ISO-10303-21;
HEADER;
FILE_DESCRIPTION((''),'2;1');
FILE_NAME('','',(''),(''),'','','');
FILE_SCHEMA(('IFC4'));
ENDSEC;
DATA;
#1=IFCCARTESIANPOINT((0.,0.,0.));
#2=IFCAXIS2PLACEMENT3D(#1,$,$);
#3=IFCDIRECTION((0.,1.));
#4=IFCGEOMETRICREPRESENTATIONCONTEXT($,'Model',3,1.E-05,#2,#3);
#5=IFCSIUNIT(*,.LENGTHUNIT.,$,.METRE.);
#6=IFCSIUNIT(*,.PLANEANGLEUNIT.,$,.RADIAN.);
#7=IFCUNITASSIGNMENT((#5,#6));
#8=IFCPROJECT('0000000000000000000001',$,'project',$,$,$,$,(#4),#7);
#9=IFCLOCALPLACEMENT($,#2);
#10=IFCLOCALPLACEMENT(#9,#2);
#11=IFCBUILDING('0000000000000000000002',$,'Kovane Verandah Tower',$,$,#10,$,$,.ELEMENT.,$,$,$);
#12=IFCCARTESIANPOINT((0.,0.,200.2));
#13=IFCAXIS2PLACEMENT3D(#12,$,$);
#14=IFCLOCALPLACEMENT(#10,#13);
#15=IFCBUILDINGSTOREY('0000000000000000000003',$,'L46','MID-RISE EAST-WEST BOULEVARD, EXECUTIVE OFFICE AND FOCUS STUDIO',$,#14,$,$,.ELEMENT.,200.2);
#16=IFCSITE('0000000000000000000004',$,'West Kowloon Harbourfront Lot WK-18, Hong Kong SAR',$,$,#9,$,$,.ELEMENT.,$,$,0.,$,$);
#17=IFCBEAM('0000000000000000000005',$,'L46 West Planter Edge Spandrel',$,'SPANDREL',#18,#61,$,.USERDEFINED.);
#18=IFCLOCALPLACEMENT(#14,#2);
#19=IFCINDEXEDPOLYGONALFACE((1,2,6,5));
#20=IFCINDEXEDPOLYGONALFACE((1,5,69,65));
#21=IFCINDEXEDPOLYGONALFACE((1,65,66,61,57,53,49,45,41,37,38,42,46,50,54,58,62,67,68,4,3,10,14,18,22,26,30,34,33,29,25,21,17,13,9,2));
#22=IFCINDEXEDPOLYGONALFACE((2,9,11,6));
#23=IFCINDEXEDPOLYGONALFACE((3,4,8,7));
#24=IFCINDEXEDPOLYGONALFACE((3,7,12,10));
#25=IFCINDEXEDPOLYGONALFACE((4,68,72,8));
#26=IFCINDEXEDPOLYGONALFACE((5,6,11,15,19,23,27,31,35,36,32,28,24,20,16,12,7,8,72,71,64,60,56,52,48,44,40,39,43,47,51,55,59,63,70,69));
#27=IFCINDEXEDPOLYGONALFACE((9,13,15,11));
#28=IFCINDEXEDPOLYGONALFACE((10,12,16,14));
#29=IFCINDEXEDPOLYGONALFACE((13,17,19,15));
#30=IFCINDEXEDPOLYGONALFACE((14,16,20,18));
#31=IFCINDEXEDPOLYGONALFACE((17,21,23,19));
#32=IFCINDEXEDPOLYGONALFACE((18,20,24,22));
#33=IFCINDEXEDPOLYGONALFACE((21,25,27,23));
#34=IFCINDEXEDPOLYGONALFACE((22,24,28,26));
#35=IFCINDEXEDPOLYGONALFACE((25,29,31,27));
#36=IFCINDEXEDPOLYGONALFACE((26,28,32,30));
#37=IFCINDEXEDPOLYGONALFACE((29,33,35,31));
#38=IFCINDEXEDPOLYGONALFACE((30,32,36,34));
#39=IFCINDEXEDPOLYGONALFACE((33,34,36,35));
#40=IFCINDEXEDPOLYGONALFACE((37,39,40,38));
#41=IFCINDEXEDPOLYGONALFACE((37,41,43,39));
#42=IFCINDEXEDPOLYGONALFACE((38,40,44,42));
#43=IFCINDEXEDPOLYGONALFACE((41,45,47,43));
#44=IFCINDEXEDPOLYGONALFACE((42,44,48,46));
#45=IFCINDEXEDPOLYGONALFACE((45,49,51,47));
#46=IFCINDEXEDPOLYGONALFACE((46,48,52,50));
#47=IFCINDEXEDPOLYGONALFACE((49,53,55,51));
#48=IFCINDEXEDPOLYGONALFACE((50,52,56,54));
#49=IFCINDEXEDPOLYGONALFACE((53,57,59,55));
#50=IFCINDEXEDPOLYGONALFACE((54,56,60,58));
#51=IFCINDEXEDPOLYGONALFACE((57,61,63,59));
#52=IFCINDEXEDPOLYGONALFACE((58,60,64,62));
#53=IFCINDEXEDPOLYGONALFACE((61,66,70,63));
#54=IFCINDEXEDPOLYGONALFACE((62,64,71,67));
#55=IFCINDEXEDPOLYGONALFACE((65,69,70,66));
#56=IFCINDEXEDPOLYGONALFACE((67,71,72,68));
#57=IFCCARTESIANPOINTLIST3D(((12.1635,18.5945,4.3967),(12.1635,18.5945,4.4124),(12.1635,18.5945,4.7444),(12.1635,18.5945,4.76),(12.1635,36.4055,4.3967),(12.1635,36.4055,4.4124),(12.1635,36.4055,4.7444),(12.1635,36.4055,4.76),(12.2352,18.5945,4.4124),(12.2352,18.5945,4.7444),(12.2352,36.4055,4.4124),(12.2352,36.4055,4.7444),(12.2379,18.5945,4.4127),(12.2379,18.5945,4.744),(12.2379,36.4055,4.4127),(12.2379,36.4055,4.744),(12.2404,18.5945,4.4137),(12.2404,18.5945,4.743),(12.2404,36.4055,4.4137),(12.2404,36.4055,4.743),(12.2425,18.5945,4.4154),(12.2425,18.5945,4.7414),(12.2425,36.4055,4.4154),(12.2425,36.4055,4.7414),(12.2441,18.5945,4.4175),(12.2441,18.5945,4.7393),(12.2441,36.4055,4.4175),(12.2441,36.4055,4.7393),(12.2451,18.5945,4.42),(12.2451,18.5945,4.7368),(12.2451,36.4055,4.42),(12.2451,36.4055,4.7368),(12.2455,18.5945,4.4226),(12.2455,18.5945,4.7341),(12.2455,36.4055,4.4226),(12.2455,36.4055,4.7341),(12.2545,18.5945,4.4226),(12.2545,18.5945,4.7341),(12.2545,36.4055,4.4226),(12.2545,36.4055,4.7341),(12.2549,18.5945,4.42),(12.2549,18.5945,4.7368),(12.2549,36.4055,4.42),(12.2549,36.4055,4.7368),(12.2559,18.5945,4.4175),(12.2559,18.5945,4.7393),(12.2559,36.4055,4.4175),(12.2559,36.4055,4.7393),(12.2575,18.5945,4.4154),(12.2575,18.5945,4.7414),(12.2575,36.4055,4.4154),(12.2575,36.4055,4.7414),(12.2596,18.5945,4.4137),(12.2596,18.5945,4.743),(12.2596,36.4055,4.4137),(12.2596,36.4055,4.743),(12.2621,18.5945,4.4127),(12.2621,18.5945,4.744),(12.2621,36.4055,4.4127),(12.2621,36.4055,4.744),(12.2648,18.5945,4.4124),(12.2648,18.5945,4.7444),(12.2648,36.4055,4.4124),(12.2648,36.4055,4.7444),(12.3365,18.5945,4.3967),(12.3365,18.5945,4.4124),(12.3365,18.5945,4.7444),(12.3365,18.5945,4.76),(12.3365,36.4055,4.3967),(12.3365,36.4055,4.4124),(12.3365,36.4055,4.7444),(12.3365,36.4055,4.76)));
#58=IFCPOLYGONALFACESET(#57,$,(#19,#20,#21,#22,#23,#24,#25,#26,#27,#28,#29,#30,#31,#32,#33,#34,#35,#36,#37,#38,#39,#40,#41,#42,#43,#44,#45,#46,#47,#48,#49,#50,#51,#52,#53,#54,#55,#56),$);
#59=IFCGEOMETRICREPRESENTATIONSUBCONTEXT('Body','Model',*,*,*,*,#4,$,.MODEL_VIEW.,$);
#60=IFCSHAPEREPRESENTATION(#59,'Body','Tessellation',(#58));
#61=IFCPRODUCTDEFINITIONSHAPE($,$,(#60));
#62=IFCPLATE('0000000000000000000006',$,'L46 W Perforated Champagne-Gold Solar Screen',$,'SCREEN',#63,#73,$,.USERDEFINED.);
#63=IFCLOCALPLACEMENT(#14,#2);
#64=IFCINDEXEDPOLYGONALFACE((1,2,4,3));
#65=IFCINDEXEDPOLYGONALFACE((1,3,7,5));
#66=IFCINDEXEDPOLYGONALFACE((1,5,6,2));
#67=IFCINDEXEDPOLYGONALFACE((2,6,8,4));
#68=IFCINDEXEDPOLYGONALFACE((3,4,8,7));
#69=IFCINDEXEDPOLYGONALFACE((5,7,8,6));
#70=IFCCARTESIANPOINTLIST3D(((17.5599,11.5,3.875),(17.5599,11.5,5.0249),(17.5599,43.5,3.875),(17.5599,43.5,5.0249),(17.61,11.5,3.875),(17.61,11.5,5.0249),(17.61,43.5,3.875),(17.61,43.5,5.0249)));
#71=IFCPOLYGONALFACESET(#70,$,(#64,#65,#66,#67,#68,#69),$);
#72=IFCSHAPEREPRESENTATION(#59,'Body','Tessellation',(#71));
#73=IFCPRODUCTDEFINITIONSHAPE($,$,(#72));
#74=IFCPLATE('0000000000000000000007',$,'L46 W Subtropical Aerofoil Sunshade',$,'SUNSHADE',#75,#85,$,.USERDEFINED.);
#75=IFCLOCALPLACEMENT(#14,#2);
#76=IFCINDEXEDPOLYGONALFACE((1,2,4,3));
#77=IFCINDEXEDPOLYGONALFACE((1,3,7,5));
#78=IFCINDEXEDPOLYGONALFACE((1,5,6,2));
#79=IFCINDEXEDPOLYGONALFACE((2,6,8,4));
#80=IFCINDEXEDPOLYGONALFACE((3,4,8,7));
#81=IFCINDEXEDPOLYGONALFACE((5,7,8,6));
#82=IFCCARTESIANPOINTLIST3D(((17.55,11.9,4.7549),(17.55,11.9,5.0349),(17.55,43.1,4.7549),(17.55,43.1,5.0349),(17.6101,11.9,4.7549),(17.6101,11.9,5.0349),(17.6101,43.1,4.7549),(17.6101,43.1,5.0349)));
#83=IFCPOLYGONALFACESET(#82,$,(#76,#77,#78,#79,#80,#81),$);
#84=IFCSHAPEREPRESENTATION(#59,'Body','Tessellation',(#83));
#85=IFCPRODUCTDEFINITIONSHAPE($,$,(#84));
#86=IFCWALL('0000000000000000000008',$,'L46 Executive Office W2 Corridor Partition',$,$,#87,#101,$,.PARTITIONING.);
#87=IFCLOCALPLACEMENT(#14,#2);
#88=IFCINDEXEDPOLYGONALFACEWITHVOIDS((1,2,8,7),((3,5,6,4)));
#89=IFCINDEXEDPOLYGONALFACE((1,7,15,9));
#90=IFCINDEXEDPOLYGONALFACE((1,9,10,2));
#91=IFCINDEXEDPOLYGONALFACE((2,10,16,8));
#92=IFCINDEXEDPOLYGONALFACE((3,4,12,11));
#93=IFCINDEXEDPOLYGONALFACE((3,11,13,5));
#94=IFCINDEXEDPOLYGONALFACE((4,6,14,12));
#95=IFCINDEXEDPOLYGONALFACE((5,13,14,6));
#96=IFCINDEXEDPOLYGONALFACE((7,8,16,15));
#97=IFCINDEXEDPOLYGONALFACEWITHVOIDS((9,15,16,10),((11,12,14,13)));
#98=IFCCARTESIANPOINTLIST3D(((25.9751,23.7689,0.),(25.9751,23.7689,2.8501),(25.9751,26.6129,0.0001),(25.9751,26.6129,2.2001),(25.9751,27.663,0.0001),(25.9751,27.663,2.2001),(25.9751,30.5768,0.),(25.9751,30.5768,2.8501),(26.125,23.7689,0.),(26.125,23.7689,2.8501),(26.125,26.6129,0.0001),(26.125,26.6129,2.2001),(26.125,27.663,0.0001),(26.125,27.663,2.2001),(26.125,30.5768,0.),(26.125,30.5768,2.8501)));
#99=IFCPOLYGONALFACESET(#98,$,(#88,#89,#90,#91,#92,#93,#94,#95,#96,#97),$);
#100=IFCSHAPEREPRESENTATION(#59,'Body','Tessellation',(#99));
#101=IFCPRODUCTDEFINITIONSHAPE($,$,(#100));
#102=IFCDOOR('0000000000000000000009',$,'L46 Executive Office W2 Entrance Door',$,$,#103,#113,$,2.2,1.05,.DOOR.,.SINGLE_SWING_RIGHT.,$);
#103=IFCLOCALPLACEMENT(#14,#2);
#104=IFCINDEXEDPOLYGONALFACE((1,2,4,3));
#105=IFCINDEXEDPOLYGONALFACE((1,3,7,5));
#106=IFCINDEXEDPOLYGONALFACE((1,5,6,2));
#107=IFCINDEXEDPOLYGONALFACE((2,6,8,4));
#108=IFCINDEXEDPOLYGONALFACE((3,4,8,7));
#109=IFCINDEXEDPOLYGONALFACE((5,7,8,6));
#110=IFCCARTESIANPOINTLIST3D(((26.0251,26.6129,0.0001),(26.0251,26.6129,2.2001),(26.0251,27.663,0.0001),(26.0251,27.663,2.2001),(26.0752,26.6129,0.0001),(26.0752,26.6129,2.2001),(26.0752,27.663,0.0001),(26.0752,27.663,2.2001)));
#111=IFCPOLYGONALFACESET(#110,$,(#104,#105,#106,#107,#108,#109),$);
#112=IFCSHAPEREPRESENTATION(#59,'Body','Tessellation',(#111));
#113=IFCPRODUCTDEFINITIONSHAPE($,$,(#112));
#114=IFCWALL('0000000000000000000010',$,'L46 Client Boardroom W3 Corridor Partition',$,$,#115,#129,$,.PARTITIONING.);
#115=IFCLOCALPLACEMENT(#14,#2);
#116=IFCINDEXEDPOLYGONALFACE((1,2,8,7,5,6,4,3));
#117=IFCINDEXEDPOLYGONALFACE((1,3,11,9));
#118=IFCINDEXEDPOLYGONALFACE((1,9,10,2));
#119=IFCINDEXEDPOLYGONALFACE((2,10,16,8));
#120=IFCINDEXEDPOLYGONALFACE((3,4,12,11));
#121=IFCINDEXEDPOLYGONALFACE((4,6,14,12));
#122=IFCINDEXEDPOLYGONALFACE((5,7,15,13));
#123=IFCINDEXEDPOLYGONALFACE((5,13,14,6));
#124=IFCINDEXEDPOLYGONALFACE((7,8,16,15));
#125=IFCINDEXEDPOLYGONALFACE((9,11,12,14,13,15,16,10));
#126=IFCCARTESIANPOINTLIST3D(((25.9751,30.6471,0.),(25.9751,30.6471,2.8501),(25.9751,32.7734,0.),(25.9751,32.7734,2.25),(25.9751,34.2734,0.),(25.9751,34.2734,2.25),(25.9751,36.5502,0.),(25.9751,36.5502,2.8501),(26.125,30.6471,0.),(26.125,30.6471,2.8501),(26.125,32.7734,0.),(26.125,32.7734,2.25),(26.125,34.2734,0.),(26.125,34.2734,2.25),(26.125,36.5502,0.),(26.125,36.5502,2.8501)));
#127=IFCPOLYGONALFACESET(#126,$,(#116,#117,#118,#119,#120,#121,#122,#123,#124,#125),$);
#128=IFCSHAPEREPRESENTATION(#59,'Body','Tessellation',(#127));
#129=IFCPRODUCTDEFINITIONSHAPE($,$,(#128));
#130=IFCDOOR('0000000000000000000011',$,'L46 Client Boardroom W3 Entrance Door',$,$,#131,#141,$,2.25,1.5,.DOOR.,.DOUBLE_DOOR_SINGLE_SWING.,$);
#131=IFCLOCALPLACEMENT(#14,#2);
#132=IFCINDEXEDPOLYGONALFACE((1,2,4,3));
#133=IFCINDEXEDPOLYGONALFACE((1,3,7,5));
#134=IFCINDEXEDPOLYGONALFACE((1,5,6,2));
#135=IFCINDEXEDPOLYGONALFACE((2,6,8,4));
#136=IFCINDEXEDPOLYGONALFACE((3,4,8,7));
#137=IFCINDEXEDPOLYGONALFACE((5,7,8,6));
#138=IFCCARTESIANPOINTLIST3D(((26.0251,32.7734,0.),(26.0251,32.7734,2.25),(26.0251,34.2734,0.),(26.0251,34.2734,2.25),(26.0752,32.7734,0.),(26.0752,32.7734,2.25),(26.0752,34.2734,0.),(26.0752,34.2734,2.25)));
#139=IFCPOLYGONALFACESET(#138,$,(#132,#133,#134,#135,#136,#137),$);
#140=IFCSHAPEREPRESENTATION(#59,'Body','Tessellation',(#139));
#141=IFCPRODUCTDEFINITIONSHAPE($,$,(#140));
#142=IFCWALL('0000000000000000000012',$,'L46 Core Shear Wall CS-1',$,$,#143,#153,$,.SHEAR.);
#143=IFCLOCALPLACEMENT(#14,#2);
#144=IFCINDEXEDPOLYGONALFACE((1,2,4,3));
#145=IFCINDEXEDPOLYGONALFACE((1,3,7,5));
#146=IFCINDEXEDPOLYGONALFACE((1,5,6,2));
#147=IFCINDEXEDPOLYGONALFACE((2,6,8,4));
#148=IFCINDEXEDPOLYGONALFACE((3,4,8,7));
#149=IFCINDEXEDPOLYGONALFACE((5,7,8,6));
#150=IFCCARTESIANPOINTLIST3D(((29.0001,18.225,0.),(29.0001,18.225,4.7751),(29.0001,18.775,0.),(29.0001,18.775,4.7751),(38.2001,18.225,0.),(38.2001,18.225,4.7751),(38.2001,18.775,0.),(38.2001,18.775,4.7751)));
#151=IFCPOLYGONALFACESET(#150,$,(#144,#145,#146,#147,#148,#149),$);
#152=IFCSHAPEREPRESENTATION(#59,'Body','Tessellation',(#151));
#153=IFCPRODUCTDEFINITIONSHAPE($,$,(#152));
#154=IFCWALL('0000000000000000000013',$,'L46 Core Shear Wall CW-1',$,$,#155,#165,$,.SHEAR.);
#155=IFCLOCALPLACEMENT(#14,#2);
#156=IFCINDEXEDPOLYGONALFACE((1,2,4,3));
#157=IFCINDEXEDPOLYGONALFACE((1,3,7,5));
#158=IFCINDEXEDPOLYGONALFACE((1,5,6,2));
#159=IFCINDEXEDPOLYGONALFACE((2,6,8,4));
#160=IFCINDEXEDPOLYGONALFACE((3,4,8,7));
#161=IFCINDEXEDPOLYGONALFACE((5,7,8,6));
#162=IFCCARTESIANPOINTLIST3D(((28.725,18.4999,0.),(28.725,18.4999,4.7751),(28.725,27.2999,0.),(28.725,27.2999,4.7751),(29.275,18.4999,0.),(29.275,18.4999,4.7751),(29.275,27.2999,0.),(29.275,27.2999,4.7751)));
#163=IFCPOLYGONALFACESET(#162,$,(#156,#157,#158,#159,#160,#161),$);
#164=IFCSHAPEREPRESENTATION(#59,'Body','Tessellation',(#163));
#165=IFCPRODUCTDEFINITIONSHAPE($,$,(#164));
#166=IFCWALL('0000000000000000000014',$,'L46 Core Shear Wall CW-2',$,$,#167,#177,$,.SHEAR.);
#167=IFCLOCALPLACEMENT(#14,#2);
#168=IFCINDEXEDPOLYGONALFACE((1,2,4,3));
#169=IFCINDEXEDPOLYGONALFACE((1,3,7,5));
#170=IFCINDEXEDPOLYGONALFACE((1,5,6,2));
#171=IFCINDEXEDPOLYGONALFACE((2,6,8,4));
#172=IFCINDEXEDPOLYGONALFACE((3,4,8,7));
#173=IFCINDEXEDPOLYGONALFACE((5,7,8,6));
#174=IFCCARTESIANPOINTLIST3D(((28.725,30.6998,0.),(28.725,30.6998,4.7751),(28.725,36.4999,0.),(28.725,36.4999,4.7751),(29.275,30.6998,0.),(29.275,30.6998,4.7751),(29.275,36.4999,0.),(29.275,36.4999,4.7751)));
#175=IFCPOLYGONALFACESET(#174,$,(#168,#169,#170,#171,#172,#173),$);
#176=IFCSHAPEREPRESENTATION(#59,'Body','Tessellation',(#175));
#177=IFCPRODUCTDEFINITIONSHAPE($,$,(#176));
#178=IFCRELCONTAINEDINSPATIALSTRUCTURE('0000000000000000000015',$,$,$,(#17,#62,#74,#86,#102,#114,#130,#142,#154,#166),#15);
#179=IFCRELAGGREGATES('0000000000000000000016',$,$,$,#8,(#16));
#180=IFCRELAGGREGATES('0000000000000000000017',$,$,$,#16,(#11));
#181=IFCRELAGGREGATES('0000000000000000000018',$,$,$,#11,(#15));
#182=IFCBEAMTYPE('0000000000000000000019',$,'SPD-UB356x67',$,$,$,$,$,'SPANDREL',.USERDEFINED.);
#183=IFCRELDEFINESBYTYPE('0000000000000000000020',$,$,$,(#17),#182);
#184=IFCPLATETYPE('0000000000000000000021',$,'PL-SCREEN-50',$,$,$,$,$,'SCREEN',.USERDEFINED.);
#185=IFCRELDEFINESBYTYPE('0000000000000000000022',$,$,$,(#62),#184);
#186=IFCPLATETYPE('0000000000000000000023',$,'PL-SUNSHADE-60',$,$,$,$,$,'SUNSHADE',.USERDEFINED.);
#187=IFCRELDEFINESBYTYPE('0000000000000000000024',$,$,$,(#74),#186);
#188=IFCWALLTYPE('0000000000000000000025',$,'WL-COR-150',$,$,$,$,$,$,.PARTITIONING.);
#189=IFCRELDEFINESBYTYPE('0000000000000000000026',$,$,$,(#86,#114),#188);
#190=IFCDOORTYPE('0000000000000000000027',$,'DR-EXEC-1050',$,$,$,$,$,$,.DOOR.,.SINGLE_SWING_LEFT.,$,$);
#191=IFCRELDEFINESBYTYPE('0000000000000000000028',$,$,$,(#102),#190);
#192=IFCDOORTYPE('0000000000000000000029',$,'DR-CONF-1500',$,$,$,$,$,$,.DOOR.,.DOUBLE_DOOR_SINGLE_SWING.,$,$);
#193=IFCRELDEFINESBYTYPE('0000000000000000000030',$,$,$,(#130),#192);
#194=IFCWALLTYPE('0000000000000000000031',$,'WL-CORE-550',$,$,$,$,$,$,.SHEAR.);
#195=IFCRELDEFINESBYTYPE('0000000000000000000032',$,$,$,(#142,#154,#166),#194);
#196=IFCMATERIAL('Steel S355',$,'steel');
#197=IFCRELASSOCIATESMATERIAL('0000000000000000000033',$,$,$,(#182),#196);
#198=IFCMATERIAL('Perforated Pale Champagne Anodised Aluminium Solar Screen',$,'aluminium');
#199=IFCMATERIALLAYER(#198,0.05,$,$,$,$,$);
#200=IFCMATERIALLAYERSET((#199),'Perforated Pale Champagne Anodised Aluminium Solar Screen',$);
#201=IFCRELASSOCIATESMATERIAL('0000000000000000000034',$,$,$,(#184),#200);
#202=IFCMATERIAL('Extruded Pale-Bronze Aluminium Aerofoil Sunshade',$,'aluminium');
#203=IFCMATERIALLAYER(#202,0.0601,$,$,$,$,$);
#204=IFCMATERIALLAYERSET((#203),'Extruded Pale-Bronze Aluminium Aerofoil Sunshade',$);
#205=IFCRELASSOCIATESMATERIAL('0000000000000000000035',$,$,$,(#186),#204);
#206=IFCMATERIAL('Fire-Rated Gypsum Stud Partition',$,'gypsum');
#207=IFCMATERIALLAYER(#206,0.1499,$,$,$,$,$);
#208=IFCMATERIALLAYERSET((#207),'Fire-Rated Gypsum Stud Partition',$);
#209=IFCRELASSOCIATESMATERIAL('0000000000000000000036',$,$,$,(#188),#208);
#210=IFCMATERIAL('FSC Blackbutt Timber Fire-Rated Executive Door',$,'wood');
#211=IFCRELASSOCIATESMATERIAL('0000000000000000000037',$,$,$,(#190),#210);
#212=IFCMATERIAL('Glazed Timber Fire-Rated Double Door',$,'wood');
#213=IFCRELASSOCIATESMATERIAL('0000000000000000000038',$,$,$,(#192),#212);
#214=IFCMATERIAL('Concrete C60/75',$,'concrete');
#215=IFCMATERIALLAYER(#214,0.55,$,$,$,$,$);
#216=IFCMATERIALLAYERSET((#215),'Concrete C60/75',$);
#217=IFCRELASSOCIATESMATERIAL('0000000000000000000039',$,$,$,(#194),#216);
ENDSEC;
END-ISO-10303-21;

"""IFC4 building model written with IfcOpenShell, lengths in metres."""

from ifc_helpers import new_model, si_unit, direction, frame, frame_2d, origin, origin_2d, place, context, subcontext, project, spatial, rectangle, i_section, extrude, material, layer, layer_set, material_profile, profile_set, type_object, element, fill, save


model = new_model("IFC4")

# Units and contexts
model_context = context("Model", 3, precision=1e-05, world=origin(), true_north=direction((0.0, 1.0)))
body_context = subcontext(model_context, "Body", "Model", "MODEL_VIEW")
ifc_project = project(units=[si_unit("LENGTHUNIT", "METRE"), si_unit("PLANEANGLEUNIT", "RADIAN")], contexts=[model_context])

# Site, building, storey
site_placement = place(None, origin())
site = spatial("IfcSite", under=ifc_project, at=site_placement, Name="West Kowloon Harbourfront Lot WK-18, Hong Kong SAR", CompositionType="ELEMENT", RefElevation=0.0)
building_placement = place(site_placement, origin())
building = spatial("IfcBuilding", under=site, at=building_placement, Name="Kovane Verandah Tower", CompositionType="ELEMENT")
storey_placement = place(building_placement, frame((0.0, 0.0, 200.2)))
storey = spatial("IfcBuildingStorey", under=building, at=storey_placement, Name="L46", Description="MID-RISE EAST-WEST BOULEVARD, EXECUTIVE OFFICE AND FOCUS STUDIO", CompositionType="ELEMENT", Elevation=200.2)

# Shared definitions
ifc_material_1 = material(Name="Concrete C60/75", Category="concrete")

# Beam
ifc_material_2 = material(Name="Steel S355", Category="steel")
ifc_material_profile_1 = material_profile(ifc_material_2, i_section(OverallWidth=0.1731, OverallDepth=0.3633, WebThickness=0.009, FlangeThickness=0.0156, FilletRadius=0.0103, at=origin_2d()), Name="UB356x171x67")
ifc_profile_set_1 = profile_set([ifc_material_profile_1], Name="Steel S355")
beam_type_1 = type_object("IfcBeamType", Name="SPD-UB356x67", ElementType="SPANDREL", PredefinedType="USERDEFINED", material=ifc_profile_set_1)
beam_1_placement = place(storey_placement, frame((12.25, 18.5945, 4.5784), z_axis=(0.0, 1.0, 0.0), x_axis=(-1.0, 0.0, 0.0)))
element("IfcBeam", 1, at=beam_1_placement, inside=storey, type_object=beam_type_1, Name="L46 West Planter Edge Spandrel", ObjectType="SPANDREL", PredefinedType="USERDEFINED", context=body_context, shape_type="SweptSolid", body=[
    extrude(i_section(OverallWidth=0.1731, OverallDepth=0.3633, WebThickness=0.009, FlangeThickness=0.0156, FilletRadius=0.0103, at=origin_2d()), origin(), (0.0, 0.0, 1.0), 17.811),
])

# Plates
ifc_material_3 = material(Name="Perforated Pale Champagne Anodised Aluminium Solar Screen", Category="aluminium")
ifc_layer_1 = layer(ifc_material_3, 0.05)
ifc_layer_set_1 = layer_set([ifc_layer_1], Name="Perforated Pale Champagne Anodised Aluminium Solar Screen")
plate_type_1 = type_object("IfcPlateType", Name="PL-SCREEN-50", ElementType="SCREEN", PredefinedType="USERDEFINED", material=ifc_layer_set_1)
plate_1_placement = place(storey_placement, frame((17.585, 27.5, 3.875), z_axis=(0.0, 0.0, 1.0), x_axis=(0.0, -1.0, 0.0)))
element("IfcPlate", 2, at=plate_1_placement, inside=storey, type_object=plate_type_1, Name="L46 W Perforated Champagne-Gold Solar Screen", ObjectType="SCREEN", PredefinedType="USERDEFINED", context=body_context, shape_type="SweptSolid", body=[
    extrude(rectangle(XDim=32.0, YDim=0.05, at=origin_2d()), origin(), (0.0, 0.0, 1.0), 1.1499),
])
ifc_material_4 = material(Name="Extruded Pale-Bronze Aluminium Aerofoil Sunshade", Category="aluminium")
ifc_layer_2 = layer(ifc_material_4, 0.0601)
ifc_layer_set_2 = layer_set([ifc_layer_2], Name="Extruded Pale-Bronze Aluminium Aerofoil Sunshade")
plate_type_2 = type_object("IfcPlateType", Name="PL-SUNSHADE-60", ElementType="SUNSHADE", PredefinedType="USERDEFINED", material=ifc_layer_set_2)
plate_2_placement = place(storey_placement, frame((17.5801, 27.5, 4.7549), z_axis=(0.0, 0.0, 1.0), x_axis=(0.0, -1.0, 0.0)))
element("IfcPlate", 3, at=plate_2_placement, inside=storey, type_object=plate_type_2, Name="L46 W Subtropical Aerofoil Sunshade", ObjectType="SUNSHADE", PredefinedType="USERDEFINED", context=body_context, shape_type="SweptSolid", body=[
    extrude(rectangle(XDim=31.2, YDim=0.0601, at=origin_2d()), origin(), (0.0, 0.0, 1.0), 0.28),
])

# Walls, openings, doors
ifc_material_5 = material(Name="Fire-Rated Gypsum Stud Partition", Category="gypsum")
ifc_layer_3 = layer(ifc_material_5, 0.1499)
ifc_layer_set_3 = layer_set([ifc_layer_3], Name="Fire-Rated Gypsum Stud Partition")
wall_type_1 = type_object("IfcWallType", Name="WL-COR-150", PredefinedType="PARTITIONING", material=ifc_layer_set_3)
wall_1_placement = place(storey_placement, frame((26.05, 23.769, 0.0), z_axis=(0.0, 0.0, 1.0), x_axis=(0.0, 1.0, 0.0)))
wall_1 = element("IfcWall", 4, at=wall_1_placement, inside=storey, type_object=wall_type_1, Name="L46 Executive Office W2 Corridor Partition", PredefinedType="PARTITIONING", context=body_context, shape_type="SweptSolid", body=[
    extrude(rectangle(XDim=6.8079, YDim=0.1499, at=frame_2d((3.4038, 0.0))), origin(), (0.0, 0.0, 1.0), 2.8501),
])
opening_1_placement = place(wall_1_placement, frame((2.844, 0.0, 0.0)))
opening_1 = element("IfcOpeningElement", 5, at=opening_1_placement, cuts=wall_1, PredefinedType="OPENING", context=body_context, shape_type="SweptSolid", body=[
    extrude(rectangle(XDim=1.05, YDim=2.2, at=frame_2d((0.5249, 1.1001))), frame((0.0, 0.075, 0.0), z_axis=(0.0, -1.0, 0.0), x_axis=(1.0, 0.0, 0.0)), (0.0, 0.0, 1.0), 0.1499),
])
ifc_material_6 = material(Name="FSC Blackbutt Timber Fire-Rated Executive Door", Category="wood")
door_type_1 = type_object("IfcDoorType", Name="DR-EXEC-1050", OperationType="SINGLE_SWING_LEFT", PredefinedType="DOOR", material=ifc_material_6)
door_1_placement = place(opening_1_placement, origin())
door_1 = element("IfcDoor", 6, at=door_1_placement, inside=storey, type_object=door_type_1, Name="L46 Executive Office W2 Entrance Door", OperationType="SINGLE_SWING_RIGHT", OverallHeight=2.2, OverallWidth=1.05, PredefinedType="DOOR", context=body_context, shape_type="SweptSolid", body=[
    extrude(rectangle(XDim=1.05, YDim=2.2, at=frame_2d((0.5249, 1.1001))), frame((0.0, 0.0249, 0.0), z_axis=(0.0, -1.0, 0.0), x_axis=(1.0, 0.0, 0.0)), (0.0, 0.0, 1.0), 0.05),
])
fill(opening_1, door_1)
wall_2_placement = place(storey_placement, frame((26.05, 30.647, 0.0), z_axis=(0.0, 0.0, 1.0), x_axis=(0.0, 1.0, 0.0)))
wall_2 = element("IfcWall", 7, at=wall_2_placement, inside=storey, type_object=wall_type_1, Name="L46 Client Boardroom W3 Corridor Partition", PredefinedType="PARTITIONING", context=body_context, shape_type="SweptSolid", body=[
    extrude(rectangle(XDim=5.9031, YDim=0.1499, at=frame_2d((2.9517, 0.0))), origin(), (0.0, 0.0, 1.0), 2.8501),
])
opening_2_placement = place(wall_2_placement, frame((2.1265, 0.0, 0.0)))
opening_2 = element("IfcOpeningElement", 8, at=opening_2_placement, cuts=wall_2, PredefinedType="OPENING", context=body_context, shape_type="SweptSolid", body=[
    extrude(rectangle(XDim=1.5, YDim=2.25, at=frame_2d((0.75, 1.125))), frame((0.0, 0.075, 0.0), z_axis=(0.0, -1.0, 0.0), x_axis=(1.0, 0.0, 0.0)), (0.0, 0.0, 1.0), 0.1499),
])
ifc_material_7 = material(Name="Glazed Timber Fire-Rated Double Door", Category="wood")
door_type_2 = type_object("IfcDoorType", Name="DR-CONF-1500", OperationType="DOUBLE_DOOR_SINGLE_SWING", PredefinedType="DOOR", material=ifc_material_7)
door_2_placement = place(opening_2_placement, origin())
door_2 = element("IfcDoor", 9, at=door_2_placement, inside=storey, type_object=door_type_2, Name="L46 Client Boardroom W3 Entrance Door", OperationType="DOUBLE_DOOR_SINGLE_SWING", OverallHeight=2.25, OverallWidth=1.5, PredefinedType="DOOR", context=body_context, shape_type="SweptSolid", body=[
    extrude(rectangle(XDim=1.5, YDim=2.25, at=frame_2d((0.75, 1.125))), frame((0.0, 0.0249, 0.0), z_axis=(0.0, -1.0, 0.0), x_axis=(1.0, 0.0, 0.0)), (0.0, 0.0, 1.0), 0.05),
])
fill(opening_2, door_2)

# Walls
ifc_layer_4 = layer(ifc_material_1, 0.55)
ifc_layer_set_4 = layer_set([ifc_layer_4], Name="Concrete C60/75")
wall_type_2 = type_object("IfcWallType", Name="WL-CORE-550", PredefinedType="SHEAR", material=ifc_layer_set_4)
wall_3_placement = place(storey_placement, frame((29.0, 18.5, 0.0), z_axis=(0.0, 0.0, 1.0), x_axis=(1.0, 0.0, 0.0)))
element("IfcWall", 10, at=wall_3_placement, inside=storey, type_object=wall_type_2, Name="L46 Core Shear Wall CS-1", PredefinedType="SHEAR", context=body_context, shape_type="SweptSolid", body=[
    extrude(rectangle(XDim=9.2, YDim=0.55, at=frame_2d((4.6001, 0.0))), origin(), (0.0, 0.0, 1.0), 4.7751),
])
wall_4_placement = place(storey_placement, frame((29.0, 18.5, 0.0), z_axis=(0.0, 0.0, 1.0), x_axis=(0.0, 1.0, 0.0)))
element("IfcWall", 11, at=wall_4_placement, inside=storey, type_object=wall_type_2, Name="L46 Core Shear Wall CW-1", PredefinedType="SHEAR", context=body_context, shape_type="SweptSolid", body=[
    extrude(rectangle(XDim=8.8, YDim=0.55, at=frame_2d((4.3999, 0.0))), origin(), (0.0, 0.0, 1.0), 4.7751),
])
wall_5_placement = place(storey_placement, frame((29.0, 30.7, 0.0), z_axis=(0.0, 0.0, 1.0), x_axis=(0.0, 1.0, 0.0)))
element("IfcWall", 12, at=wall_5_placement, inside=storey, type_object=wall_type_2, Name="L46 Core Shear Wall CW-2", PredefinedType="SHEAR", context=body_context, shape_type="SweptSolid", body=[
    extrude(rectangle(XDim=5.8, YDim=0.55, at=frame_2d((2.8999, 0.0))), origin(), (0.0, 0.0, 1.0), 4.7751),
])

save(model, "model.ifc")
